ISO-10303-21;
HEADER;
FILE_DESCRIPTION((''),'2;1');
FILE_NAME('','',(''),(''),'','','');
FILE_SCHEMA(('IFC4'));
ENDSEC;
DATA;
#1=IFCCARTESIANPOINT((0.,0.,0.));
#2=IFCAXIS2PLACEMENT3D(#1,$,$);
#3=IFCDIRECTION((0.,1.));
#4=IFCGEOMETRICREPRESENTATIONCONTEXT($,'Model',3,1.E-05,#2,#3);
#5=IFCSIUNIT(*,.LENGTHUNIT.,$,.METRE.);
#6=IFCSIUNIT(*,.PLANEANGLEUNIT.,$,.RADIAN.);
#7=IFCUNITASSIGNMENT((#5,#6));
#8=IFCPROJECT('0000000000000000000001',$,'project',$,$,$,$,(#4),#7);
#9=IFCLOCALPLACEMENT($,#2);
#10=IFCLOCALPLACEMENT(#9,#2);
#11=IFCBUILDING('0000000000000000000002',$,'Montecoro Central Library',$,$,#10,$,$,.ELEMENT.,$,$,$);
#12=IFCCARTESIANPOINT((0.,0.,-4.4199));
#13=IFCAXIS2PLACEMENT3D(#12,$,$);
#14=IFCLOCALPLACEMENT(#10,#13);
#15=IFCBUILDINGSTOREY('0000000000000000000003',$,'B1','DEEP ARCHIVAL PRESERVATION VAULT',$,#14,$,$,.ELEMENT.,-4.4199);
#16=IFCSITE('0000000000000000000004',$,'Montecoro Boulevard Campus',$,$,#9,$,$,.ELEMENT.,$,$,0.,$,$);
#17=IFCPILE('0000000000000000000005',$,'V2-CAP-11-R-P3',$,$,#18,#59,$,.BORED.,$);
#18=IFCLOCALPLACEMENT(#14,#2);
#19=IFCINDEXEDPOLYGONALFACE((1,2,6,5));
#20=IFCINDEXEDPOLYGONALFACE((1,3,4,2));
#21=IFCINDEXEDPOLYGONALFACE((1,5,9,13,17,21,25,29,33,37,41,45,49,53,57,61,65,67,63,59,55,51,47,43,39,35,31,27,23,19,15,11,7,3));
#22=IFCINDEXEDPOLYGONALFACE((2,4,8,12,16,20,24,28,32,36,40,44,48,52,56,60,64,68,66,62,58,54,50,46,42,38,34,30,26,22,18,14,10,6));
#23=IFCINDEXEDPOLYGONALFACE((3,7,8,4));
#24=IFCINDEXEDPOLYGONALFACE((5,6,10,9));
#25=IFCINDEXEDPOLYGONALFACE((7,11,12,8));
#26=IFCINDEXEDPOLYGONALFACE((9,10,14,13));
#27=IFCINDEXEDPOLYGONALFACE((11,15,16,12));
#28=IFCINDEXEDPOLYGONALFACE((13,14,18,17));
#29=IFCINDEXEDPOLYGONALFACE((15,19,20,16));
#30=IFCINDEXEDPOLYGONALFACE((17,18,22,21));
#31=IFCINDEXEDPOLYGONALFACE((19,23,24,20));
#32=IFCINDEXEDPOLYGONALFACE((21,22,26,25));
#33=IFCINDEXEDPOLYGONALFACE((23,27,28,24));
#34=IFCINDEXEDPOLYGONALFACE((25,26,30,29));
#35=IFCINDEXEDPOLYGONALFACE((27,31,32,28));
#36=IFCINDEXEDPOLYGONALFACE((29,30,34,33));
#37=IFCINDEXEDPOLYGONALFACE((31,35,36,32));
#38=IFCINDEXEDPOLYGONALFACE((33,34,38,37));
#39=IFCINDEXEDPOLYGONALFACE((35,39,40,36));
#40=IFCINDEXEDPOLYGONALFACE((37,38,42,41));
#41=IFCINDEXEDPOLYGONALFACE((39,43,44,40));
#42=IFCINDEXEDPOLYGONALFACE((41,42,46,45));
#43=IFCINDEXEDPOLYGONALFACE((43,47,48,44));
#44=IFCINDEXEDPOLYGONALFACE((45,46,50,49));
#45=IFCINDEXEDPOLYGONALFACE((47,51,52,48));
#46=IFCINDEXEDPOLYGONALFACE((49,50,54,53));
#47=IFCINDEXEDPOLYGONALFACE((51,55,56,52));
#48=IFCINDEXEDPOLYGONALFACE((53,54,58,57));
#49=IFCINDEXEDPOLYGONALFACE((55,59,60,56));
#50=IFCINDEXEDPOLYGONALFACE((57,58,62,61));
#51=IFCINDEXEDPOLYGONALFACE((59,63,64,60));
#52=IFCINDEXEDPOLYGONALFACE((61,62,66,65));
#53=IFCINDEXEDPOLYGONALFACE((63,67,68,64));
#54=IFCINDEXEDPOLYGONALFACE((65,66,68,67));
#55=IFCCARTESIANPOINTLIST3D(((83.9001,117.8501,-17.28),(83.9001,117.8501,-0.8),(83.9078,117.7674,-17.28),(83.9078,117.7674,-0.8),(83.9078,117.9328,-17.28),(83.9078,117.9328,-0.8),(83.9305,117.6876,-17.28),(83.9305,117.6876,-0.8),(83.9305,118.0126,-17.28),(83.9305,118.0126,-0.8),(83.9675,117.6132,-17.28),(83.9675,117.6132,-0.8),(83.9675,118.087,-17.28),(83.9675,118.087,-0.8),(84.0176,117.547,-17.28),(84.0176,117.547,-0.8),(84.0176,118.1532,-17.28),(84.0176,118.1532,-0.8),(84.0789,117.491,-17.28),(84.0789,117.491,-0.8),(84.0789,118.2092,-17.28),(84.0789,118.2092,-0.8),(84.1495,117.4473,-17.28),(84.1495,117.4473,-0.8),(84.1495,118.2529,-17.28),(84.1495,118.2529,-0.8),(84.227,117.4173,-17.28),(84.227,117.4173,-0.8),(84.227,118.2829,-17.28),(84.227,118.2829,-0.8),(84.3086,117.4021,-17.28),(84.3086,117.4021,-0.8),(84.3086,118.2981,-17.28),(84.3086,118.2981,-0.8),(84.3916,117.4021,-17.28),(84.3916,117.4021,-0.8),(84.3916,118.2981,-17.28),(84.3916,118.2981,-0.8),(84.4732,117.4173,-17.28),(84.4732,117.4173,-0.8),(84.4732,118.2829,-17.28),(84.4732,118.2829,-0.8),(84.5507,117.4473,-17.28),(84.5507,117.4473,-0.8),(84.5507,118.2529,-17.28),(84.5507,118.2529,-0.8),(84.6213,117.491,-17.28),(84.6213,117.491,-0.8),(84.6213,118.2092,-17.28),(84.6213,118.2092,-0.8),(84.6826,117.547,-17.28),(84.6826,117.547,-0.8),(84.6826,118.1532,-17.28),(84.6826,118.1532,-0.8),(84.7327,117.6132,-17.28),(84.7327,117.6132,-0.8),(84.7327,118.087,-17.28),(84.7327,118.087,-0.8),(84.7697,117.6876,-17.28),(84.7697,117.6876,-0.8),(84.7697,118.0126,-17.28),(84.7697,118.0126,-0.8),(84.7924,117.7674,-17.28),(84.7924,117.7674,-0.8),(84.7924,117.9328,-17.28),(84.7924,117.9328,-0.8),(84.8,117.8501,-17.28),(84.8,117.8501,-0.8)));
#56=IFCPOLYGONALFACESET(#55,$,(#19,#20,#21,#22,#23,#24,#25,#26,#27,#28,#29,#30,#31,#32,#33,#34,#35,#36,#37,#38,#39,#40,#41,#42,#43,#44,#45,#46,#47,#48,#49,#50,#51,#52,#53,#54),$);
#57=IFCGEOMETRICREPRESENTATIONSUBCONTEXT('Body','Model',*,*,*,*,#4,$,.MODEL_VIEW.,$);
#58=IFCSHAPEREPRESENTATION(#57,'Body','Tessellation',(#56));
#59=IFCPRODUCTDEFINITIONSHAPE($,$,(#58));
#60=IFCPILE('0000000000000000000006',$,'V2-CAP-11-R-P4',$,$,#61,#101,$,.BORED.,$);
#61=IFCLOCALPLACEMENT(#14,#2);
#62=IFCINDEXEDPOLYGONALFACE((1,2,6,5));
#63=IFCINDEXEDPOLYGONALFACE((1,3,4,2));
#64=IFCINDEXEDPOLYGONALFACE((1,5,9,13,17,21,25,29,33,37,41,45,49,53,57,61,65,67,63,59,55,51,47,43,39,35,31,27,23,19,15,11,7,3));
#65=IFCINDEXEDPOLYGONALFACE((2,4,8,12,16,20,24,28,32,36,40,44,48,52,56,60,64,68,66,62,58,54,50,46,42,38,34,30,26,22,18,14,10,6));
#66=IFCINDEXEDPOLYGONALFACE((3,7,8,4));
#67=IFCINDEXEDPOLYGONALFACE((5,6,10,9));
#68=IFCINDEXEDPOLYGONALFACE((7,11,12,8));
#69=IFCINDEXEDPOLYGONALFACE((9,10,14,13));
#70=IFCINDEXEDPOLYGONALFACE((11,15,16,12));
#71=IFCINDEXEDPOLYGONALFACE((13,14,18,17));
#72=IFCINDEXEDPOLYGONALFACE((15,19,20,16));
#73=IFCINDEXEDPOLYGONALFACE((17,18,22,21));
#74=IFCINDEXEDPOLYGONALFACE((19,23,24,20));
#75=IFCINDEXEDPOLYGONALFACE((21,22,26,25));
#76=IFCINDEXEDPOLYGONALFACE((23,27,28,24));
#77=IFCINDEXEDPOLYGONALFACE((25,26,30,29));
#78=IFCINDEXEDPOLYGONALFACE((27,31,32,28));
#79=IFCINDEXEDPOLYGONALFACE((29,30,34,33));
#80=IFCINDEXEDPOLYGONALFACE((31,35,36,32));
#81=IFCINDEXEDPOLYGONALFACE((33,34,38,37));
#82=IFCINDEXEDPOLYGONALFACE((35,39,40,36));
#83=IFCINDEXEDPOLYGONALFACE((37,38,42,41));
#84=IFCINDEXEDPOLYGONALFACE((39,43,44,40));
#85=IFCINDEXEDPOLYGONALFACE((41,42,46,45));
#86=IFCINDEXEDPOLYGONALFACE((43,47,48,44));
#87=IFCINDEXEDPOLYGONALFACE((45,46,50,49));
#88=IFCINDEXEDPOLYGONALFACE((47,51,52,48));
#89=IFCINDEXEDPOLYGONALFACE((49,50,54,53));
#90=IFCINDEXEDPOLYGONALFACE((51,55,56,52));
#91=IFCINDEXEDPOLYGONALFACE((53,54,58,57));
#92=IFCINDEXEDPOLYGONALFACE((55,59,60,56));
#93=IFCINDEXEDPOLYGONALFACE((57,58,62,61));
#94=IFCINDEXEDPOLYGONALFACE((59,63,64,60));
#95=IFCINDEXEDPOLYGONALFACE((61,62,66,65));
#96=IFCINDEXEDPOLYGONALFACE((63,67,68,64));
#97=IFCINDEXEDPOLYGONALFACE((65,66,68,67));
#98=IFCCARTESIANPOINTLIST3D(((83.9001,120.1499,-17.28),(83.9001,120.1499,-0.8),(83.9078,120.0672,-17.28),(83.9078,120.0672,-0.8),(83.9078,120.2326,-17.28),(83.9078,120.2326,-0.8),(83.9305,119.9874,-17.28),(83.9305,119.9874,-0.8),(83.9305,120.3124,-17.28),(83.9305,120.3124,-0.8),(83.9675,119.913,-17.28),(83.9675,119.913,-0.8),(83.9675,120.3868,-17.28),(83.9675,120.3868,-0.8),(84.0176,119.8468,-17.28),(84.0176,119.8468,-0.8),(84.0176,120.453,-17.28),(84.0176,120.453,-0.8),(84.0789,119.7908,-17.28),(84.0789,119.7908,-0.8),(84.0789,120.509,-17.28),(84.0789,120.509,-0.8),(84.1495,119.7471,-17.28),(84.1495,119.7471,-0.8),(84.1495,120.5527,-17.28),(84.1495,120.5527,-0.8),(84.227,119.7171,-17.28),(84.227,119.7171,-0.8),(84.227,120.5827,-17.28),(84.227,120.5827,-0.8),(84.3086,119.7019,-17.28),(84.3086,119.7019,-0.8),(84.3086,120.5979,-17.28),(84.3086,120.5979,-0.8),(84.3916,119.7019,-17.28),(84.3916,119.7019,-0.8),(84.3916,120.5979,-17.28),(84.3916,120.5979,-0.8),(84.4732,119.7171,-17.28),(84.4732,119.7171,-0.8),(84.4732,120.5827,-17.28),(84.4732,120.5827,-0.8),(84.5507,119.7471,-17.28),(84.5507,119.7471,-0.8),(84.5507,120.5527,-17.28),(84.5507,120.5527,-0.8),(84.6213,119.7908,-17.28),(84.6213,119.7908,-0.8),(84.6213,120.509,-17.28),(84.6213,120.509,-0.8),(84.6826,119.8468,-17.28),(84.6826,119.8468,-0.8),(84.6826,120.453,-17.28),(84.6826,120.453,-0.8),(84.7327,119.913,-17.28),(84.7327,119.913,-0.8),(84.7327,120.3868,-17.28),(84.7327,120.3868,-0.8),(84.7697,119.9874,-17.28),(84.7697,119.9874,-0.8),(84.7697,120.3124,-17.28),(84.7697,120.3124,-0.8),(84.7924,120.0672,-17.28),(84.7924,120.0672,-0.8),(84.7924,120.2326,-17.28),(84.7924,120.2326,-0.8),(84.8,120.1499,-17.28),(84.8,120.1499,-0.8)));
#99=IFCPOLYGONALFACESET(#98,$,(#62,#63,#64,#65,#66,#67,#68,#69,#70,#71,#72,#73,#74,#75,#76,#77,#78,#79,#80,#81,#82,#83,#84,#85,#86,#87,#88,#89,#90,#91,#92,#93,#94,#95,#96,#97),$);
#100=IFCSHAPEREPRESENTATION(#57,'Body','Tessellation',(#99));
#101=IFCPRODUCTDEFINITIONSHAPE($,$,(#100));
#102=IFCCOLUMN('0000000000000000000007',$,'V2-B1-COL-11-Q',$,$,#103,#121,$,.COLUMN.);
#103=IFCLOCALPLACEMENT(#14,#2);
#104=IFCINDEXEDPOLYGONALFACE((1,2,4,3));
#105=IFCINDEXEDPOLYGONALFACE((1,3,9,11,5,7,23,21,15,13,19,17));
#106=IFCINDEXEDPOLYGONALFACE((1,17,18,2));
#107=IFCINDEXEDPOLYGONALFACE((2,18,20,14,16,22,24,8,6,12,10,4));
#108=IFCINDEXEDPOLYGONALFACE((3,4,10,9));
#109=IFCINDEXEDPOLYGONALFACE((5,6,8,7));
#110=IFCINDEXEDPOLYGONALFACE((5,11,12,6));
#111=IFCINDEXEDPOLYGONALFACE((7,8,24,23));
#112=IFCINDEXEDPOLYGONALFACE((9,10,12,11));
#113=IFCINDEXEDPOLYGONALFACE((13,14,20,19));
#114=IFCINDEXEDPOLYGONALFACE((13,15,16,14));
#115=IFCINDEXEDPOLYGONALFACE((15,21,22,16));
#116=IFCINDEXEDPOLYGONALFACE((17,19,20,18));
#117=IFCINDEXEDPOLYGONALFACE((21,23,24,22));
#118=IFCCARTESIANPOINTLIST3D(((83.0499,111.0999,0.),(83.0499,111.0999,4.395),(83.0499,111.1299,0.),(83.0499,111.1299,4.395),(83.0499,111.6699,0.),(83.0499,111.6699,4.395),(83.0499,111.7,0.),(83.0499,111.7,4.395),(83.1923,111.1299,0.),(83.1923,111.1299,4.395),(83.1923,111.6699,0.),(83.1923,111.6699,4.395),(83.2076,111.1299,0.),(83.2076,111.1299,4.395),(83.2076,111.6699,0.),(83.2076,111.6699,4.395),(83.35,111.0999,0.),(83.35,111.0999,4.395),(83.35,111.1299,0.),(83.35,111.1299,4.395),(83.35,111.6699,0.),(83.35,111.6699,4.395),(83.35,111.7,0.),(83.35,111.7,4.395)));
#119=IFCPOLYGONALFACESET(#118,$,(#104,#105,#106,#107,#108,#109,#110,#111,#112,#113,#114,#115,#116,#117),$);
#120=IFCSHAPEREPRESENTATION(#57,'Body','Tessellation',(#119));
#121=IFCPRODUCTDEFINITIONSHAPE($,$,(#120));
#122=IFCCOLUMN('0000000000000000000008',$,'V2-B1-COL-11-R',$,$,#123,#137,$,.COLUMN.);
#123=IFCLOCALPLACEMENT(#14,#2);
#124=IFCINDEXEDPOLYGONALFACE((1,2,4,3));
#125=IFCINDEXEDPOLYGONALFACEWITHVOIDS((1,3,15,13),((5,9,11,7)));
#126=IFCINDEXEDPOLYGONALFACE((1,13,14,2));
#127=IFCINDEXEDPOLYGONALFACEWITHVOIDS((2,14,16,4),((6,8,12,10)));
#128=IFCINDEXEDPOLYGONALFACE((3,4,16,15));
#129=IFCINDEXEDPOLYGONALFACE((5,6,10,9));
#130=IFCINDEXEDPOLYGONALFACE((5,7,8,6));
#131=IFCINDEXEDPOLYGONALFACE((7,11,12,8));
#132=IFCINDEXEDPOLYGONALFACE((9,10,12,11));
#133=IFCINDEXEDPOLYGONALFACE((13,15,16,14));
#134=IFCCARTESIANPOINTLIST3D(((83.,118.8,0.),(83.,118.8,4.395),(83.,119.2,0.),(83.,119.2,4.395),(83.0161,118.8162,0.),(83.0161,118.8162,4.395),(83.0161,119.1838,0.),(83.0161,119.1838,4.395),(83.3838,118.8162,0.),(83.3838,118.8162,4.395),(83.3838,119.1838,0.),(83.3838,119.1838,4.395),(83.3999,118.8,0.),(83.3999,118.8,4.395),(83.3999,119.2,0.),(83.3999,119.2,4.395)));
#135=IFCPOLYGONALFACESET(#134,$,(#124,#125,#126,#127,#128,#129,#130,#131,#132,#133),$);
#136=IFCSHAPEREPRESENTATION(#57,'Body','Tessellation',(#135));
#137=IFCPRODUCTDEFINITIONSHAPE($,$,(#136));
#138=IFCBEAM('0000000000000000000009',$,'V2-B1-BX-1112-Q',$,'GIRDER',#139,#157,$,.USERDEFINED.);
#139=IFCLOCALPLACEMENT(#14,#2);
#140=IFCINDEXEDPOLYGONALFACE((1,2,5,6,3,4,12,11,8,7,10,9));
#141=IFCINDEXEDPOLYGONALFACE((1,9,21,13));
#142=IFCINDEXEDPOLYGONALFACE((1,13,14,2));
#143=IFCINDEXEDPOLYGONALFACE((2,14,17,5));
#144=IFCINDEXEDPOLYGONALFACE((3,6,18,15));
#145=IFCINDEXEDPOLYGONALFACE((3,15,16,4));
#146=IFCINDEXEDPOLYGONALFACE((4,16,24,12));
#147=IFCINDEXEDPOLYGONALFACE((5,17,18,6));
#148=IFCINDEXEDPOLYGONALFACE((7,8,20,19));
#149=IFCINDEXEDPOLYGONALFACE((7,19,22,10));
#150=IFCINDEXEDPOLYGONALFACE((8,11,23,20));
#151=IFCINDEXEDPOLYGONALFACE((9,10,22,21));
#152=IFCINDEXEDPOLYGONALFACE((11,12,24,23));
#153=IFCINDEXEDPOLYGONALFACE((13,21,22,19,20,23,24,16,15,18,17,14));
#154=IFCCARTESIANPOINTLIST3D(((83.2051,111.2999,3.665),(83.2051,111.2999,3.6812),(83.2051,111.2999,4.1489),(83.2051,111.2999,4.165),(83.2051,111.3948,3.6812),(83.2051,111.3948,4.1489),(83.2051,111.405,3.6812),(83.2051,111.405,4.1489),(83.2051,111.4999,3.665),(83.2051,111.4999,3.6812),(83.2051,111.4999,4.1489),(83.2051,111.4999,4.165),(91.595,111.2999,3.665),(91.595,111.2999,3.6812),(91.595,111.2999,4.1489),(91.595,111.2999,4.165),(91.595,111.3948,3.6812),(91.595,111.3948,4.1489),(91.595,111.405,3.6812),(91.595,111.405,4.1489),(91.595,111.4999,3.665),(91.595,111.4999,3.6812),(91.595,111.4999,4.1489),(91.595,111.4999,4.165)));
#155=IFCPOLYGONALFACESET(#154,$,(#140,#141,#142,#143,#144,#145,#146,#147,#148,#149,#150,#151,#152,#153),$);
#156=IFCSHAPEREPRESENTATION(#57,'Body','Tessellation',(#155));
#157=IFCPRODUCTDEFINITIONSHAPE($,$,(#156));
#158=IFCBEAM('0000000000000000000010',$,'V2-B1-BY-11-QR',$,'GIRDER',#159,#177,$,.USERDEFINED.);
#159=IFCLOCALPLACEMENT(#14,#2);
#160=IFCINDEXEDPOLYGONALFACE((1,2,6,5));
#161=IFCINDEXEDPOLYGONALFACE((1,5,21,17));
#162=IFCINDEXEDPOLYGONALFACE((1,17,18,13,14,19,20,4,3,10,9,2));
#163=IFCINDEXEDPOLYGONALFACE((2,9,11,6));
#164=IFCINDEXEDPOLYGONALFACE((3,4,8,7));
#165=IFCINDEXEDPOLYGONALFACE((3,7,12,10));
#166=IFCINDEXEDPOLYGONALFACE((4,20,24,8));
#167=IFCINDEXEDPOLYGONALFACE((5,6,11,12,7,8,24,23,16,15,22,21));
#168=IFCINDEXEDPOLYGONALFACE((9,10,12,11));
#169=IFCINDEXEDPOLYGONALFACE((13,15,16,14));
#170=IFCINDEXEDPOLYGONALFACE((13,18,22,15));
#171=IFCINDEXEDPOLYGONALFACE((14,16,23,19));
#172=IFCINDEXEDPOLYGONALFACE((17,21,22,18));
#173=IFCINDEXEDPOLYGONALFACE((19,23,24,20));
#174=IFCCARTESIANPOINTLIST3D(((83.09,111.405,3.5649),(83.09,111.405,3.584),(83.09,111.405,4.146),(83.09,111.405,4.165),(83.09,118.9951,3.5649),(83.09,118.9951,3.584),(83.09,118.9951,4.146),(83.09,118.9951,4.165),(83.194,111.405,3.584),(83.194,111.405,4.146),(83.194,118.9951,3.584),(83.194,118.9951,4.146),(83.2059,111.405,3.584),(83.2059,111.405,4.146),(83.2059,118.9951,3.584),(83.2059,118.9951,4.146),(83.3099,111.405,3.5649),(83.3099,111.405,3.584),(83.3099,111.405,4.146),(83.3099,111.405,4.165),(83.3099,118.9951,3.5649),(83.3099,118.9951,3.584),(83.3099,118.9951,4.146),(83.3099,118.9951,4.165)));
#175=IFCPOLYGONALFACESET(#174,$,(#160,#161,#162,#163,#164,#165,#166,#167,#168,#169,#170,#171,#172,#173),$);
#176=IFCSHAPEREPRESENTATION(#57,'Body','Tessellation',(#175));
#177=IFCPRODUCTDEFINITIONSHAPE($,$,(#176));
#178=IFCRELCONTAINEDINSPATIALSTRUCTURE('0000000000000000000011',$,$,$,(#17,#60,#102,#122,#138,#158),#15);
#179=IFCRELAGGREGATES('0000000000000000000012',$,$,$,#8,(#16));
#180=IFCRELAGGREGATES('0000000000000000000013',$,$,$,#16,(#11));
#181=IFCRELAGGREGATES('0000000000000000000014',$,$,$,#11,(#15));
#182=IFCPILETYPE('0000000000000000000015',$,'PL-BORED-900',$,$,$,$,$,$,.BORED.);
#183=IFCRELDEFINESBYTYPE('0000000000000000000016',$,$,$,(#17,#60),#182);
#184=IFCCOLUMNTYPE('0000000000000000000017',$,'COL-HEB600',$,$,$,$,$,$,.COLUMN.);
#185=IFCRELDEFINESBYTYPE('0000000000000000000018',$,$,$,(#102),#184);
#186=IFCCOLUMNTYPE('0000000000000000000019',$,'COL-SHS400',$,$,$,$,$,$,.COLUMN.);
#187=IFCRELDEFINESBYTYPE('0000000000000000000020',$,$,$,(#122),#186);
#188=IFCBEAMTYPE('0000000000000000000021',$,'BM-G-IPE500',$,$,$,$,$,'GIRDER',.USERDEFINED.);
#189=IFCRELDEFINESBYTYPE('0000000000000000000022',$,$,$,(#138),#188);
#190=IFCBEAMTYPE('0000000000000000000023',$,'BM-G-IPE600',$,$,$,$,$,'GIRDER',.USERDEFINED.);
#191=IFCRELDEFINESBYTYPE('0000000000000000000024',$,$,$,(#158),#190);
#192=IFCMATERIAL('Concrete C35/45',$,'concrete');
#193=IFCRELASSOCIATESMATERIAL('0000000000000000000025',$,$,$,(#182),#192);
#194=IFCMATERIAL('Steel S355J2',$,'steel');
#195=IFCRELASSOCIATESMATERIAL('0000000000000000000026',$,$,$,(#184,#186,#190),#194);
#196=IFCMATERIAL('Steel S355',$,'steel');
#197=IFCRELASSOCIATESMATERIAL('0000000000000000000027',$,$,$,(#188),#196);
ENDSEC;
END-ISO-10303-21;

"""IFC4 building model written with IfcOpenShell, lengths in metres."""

from ifc_helpers import new_model, si_unit, direction, frame, origin, origin_2d, place, context, subcontext, project, spatial, hollow_rectangle, circle, i_section, extrude, material, material_profile, profile_set, type_object, element, save


model = new_model("IFC4")

# Units and contexts
model_context = context("Model", 3, precision=1e-05, world=origin(), true_north=direction((0.0, 1.0)))
body_context = subcontext(model_context, "Body", "Model", "MODEL_VIEW")
ifc_project = project(units=[si_unit("LENGTHUNIT", "METRE"), si_unit("PLANEANGLEUNIT", "RADIAN")], contexts=[model_context])

# Site, building, storey
site_placement = place(None, origin())
site = spatial("IfcSite", under=ifc_project, at=site_placement, Name="Montecoro Boulevard Campus", CompositionType="ELEMENT", RefElevation=0.0)
building_placement = place(site_placement, origin())
building = spatial("IfcBuilding", under=site, at=building_placement, Name="Montecoro Central Library", CompositionType="ELEMENT")
storey_placement = place(building_placement, frame((0.0, 0.0, -4.4199)))
storey = spatial("IfcBuildingStorey", under=building, at=storey_placement, Name="B1", Description="DEEP ARCHIVAL PRESERVATION VAULT", CompositionType="ELEMENT", Elevation=-4.4199)

# Shared definitions
ifc_material_1 = material(Name="Concrete C35/45", Category="concrete")

# Piles
ifc_material_profile_1 = material_profile(ifc_material_1, circle(Radius=0.45, at=origin_2d()), Name="PILE D900")
ifc_profile_set_1 = profile_set([ifc_material_profile_1], Name="Concrete C35/45")
pile_type_1 = type_object("IfcPileType", Name="PL-BORED-900", PredefinedType="BORED", material=ifc_profile_set_1)
for number, where, z_axis, x_axis, name in (
    (1, (84.3501, 117.8501, -0.8), (0.0, 0.0, -1.0), (1.0, 0.0, 0.0), "V2-CAP-11-R-P3"),
    (2, (84.3501, 120.1499, -0.8), (0.0, 0.0, -1.0), (1.0, 0.0, 0.0), "V2-CAP-11-R-P4"),
):
    element("IfcPile", number, at=place(storey_placement, frame(where, z_axis=z_axis, x_axis=x_axis)), inside=storey, type_object=pile_type_1, Name=name, PredefinedType="BORED", context=body_context, shape_type="SweptSolid", body=[
        extrude(circle(Radius=0.45, at=origin_2d()), origin(), (0.0, 0.0, 1.0), 16.48),
    ])

# Columns
ifc_material_2 = material(Name="Steel S355J2", Category="steel")
ifc_material_profile_2 = material_profile(ifc_material_2, i_section(OverallWidth=0.3, OverallDepth=0.6001, WebThickness=0.0154, FlangeThickness=0.03, at=origin_2d()), Name="HEB 600")
ifc_profile_set_2 = profile_set([ifc_material_profile_2], Name="Steel S355J2")
column_type_1 = type_object("IfcColumnType", Name="COL-HEB600", PredefinedType="COLUMN", material=ifc_profile_set_2)
column_1_placement = place(storey_placement, frame((83.2, 111.3999, 0.0), z_axis=(0.0, 0.0, 1.0), x_axis=(1.0, 0.0, 0.0)))
element("IfcColumn", 3, at=column_1_placement, inside=storey, type_object=column_type_1, Name="V2-B1-COL-11-Q", PredefinedType="COLUMN", context=body_context, shape_type="SweptSolid", body=[
    extrude(i_section(OverallWidth=0.3, OverallDepth=0.6001, WebThickness=0.0154, FlangeThickness=0.03, at=origin_2d()), origin(), (0.0, 0.0, 1.0), 4.395),
])
ifc_material_profile_3 = material_profile(ifc_material_2, hollow_rectangle(XDim=0.3999, YDim=0.3999, WallThickness=0.0161, at=origin_2d()), Name="SHS 400x400x16.0")
ifc_profile_set_3 = profile_set([ifc_material_profile_3], Name="Steel S355J2")
column_type_2 = type_object("IfcColumnType", Name="COL-SHS400", PredefinedType="COLUMN", material=ifc_profile_set_3)
column_2_placement = place(storey_placement, frame((83.2, 119.0, 0.0), z_axis=(0.0, 0.0, 1.0), x_axis=(1.0, 0.0, 0.0)))
element("IfcColumn", 4, at=column_2_placement, inside=storey, type_object=column_type_2, Name="V2-B1-COL-11-R", PredefinedType="COLUMN", context=body_context, shape_type="SweptSolid", body=[
    extrude(hollow_rectangle(XDim=0.3999, YDim=0.3999, WallThickness=0.0161, at=origin_2d()), origin(), (0.0, 0.0, 1.0), 4.395),
])

# Beams
ifc_material_3 = material(Name="Steel S355", Category="steel")
ifc_material_profile_4 = material_profile(ifc_material_3, i_section(OverallWidth=0.2, OverallDepth=0.5, WebThickness=0.0103, FlangeThickness=0.0161, at=origin_2d()), Name="IPE 500")
ifc_profile_set_4 = profile_set([ifc_material_profile_4], Name="Steel S355")
beam_type_1 = type_object("IfcBeamType", Name="BM-G-IPE500", ElementType="GIRDER", PredefinedType="USERDEFINED", material=ifc_profile_set_4)
beam_1_placement = place(storey_placement, frame((83.2051, 111.3999, 3.915), z_axis=(1.0, 0.0, 0.0), x_axis=(0.0, 1.0, 0.0)))
element("IfcBeam", 5, at=beam_1_placement, inside=storey, type_object=beam_type_1, Name="V2-B1-BX-1112-Q", ObjectType="GIRDER", PredefinedType="USERDEFINED", context=body_context, shape_type="SweptSolid", body=[
    extrude(i_section(OverallWidth=0.2, OverallDepth=0.5, WebThickness=0.0103, FlangeThickness=0.0161, at=origin_2d()), origin(), (0.0, 0.0, 1.0), 8.3899),
])
ifc_material_profile_5 = material_profile(ifc_material_2, i_section(OverallWidth=0.22, OverallDepth=0.6001, WebThickness=0.012, FlangeThickness=0.019, at=origin_2d()), Name="IPE 600")
ifc_profile_set_5 = profile_set([ifc_material_profile_5], Name="Steel S355J2")
beam_type_2 = type_object("IfcBeamType", Name="BM-G-IPE600", ElementType="GIRDER", PredefinedType="USERDEFINED", material=ifc_profile_set_5)
beam_2_placement = place(storey_placement, frame((83.2, 111.405, 3.865), z_axis=(0.0, 1.0, 0.0), x_axis=(-1.0, 0.0, 0.0)))
element("IfcBeam", 6, at=beam_2_placement, inside=storey, type_object=beam_type_2, Name="V2-B1-BY-11-QR", ObjectType="GIRDER", PredefinedType="USERDEFINED", context=body_context, shape_type="SweptSolid", body=[
    extrude(i_section(OverallWidth=0.22, OverallDepth=0.6001, WebThickness=0.012, FlangeThickness=0.019, at=origin_2d()), origin(), (0.0, 0.0, 1.0), 7.5901),
])

save(model, "model.ifc")
